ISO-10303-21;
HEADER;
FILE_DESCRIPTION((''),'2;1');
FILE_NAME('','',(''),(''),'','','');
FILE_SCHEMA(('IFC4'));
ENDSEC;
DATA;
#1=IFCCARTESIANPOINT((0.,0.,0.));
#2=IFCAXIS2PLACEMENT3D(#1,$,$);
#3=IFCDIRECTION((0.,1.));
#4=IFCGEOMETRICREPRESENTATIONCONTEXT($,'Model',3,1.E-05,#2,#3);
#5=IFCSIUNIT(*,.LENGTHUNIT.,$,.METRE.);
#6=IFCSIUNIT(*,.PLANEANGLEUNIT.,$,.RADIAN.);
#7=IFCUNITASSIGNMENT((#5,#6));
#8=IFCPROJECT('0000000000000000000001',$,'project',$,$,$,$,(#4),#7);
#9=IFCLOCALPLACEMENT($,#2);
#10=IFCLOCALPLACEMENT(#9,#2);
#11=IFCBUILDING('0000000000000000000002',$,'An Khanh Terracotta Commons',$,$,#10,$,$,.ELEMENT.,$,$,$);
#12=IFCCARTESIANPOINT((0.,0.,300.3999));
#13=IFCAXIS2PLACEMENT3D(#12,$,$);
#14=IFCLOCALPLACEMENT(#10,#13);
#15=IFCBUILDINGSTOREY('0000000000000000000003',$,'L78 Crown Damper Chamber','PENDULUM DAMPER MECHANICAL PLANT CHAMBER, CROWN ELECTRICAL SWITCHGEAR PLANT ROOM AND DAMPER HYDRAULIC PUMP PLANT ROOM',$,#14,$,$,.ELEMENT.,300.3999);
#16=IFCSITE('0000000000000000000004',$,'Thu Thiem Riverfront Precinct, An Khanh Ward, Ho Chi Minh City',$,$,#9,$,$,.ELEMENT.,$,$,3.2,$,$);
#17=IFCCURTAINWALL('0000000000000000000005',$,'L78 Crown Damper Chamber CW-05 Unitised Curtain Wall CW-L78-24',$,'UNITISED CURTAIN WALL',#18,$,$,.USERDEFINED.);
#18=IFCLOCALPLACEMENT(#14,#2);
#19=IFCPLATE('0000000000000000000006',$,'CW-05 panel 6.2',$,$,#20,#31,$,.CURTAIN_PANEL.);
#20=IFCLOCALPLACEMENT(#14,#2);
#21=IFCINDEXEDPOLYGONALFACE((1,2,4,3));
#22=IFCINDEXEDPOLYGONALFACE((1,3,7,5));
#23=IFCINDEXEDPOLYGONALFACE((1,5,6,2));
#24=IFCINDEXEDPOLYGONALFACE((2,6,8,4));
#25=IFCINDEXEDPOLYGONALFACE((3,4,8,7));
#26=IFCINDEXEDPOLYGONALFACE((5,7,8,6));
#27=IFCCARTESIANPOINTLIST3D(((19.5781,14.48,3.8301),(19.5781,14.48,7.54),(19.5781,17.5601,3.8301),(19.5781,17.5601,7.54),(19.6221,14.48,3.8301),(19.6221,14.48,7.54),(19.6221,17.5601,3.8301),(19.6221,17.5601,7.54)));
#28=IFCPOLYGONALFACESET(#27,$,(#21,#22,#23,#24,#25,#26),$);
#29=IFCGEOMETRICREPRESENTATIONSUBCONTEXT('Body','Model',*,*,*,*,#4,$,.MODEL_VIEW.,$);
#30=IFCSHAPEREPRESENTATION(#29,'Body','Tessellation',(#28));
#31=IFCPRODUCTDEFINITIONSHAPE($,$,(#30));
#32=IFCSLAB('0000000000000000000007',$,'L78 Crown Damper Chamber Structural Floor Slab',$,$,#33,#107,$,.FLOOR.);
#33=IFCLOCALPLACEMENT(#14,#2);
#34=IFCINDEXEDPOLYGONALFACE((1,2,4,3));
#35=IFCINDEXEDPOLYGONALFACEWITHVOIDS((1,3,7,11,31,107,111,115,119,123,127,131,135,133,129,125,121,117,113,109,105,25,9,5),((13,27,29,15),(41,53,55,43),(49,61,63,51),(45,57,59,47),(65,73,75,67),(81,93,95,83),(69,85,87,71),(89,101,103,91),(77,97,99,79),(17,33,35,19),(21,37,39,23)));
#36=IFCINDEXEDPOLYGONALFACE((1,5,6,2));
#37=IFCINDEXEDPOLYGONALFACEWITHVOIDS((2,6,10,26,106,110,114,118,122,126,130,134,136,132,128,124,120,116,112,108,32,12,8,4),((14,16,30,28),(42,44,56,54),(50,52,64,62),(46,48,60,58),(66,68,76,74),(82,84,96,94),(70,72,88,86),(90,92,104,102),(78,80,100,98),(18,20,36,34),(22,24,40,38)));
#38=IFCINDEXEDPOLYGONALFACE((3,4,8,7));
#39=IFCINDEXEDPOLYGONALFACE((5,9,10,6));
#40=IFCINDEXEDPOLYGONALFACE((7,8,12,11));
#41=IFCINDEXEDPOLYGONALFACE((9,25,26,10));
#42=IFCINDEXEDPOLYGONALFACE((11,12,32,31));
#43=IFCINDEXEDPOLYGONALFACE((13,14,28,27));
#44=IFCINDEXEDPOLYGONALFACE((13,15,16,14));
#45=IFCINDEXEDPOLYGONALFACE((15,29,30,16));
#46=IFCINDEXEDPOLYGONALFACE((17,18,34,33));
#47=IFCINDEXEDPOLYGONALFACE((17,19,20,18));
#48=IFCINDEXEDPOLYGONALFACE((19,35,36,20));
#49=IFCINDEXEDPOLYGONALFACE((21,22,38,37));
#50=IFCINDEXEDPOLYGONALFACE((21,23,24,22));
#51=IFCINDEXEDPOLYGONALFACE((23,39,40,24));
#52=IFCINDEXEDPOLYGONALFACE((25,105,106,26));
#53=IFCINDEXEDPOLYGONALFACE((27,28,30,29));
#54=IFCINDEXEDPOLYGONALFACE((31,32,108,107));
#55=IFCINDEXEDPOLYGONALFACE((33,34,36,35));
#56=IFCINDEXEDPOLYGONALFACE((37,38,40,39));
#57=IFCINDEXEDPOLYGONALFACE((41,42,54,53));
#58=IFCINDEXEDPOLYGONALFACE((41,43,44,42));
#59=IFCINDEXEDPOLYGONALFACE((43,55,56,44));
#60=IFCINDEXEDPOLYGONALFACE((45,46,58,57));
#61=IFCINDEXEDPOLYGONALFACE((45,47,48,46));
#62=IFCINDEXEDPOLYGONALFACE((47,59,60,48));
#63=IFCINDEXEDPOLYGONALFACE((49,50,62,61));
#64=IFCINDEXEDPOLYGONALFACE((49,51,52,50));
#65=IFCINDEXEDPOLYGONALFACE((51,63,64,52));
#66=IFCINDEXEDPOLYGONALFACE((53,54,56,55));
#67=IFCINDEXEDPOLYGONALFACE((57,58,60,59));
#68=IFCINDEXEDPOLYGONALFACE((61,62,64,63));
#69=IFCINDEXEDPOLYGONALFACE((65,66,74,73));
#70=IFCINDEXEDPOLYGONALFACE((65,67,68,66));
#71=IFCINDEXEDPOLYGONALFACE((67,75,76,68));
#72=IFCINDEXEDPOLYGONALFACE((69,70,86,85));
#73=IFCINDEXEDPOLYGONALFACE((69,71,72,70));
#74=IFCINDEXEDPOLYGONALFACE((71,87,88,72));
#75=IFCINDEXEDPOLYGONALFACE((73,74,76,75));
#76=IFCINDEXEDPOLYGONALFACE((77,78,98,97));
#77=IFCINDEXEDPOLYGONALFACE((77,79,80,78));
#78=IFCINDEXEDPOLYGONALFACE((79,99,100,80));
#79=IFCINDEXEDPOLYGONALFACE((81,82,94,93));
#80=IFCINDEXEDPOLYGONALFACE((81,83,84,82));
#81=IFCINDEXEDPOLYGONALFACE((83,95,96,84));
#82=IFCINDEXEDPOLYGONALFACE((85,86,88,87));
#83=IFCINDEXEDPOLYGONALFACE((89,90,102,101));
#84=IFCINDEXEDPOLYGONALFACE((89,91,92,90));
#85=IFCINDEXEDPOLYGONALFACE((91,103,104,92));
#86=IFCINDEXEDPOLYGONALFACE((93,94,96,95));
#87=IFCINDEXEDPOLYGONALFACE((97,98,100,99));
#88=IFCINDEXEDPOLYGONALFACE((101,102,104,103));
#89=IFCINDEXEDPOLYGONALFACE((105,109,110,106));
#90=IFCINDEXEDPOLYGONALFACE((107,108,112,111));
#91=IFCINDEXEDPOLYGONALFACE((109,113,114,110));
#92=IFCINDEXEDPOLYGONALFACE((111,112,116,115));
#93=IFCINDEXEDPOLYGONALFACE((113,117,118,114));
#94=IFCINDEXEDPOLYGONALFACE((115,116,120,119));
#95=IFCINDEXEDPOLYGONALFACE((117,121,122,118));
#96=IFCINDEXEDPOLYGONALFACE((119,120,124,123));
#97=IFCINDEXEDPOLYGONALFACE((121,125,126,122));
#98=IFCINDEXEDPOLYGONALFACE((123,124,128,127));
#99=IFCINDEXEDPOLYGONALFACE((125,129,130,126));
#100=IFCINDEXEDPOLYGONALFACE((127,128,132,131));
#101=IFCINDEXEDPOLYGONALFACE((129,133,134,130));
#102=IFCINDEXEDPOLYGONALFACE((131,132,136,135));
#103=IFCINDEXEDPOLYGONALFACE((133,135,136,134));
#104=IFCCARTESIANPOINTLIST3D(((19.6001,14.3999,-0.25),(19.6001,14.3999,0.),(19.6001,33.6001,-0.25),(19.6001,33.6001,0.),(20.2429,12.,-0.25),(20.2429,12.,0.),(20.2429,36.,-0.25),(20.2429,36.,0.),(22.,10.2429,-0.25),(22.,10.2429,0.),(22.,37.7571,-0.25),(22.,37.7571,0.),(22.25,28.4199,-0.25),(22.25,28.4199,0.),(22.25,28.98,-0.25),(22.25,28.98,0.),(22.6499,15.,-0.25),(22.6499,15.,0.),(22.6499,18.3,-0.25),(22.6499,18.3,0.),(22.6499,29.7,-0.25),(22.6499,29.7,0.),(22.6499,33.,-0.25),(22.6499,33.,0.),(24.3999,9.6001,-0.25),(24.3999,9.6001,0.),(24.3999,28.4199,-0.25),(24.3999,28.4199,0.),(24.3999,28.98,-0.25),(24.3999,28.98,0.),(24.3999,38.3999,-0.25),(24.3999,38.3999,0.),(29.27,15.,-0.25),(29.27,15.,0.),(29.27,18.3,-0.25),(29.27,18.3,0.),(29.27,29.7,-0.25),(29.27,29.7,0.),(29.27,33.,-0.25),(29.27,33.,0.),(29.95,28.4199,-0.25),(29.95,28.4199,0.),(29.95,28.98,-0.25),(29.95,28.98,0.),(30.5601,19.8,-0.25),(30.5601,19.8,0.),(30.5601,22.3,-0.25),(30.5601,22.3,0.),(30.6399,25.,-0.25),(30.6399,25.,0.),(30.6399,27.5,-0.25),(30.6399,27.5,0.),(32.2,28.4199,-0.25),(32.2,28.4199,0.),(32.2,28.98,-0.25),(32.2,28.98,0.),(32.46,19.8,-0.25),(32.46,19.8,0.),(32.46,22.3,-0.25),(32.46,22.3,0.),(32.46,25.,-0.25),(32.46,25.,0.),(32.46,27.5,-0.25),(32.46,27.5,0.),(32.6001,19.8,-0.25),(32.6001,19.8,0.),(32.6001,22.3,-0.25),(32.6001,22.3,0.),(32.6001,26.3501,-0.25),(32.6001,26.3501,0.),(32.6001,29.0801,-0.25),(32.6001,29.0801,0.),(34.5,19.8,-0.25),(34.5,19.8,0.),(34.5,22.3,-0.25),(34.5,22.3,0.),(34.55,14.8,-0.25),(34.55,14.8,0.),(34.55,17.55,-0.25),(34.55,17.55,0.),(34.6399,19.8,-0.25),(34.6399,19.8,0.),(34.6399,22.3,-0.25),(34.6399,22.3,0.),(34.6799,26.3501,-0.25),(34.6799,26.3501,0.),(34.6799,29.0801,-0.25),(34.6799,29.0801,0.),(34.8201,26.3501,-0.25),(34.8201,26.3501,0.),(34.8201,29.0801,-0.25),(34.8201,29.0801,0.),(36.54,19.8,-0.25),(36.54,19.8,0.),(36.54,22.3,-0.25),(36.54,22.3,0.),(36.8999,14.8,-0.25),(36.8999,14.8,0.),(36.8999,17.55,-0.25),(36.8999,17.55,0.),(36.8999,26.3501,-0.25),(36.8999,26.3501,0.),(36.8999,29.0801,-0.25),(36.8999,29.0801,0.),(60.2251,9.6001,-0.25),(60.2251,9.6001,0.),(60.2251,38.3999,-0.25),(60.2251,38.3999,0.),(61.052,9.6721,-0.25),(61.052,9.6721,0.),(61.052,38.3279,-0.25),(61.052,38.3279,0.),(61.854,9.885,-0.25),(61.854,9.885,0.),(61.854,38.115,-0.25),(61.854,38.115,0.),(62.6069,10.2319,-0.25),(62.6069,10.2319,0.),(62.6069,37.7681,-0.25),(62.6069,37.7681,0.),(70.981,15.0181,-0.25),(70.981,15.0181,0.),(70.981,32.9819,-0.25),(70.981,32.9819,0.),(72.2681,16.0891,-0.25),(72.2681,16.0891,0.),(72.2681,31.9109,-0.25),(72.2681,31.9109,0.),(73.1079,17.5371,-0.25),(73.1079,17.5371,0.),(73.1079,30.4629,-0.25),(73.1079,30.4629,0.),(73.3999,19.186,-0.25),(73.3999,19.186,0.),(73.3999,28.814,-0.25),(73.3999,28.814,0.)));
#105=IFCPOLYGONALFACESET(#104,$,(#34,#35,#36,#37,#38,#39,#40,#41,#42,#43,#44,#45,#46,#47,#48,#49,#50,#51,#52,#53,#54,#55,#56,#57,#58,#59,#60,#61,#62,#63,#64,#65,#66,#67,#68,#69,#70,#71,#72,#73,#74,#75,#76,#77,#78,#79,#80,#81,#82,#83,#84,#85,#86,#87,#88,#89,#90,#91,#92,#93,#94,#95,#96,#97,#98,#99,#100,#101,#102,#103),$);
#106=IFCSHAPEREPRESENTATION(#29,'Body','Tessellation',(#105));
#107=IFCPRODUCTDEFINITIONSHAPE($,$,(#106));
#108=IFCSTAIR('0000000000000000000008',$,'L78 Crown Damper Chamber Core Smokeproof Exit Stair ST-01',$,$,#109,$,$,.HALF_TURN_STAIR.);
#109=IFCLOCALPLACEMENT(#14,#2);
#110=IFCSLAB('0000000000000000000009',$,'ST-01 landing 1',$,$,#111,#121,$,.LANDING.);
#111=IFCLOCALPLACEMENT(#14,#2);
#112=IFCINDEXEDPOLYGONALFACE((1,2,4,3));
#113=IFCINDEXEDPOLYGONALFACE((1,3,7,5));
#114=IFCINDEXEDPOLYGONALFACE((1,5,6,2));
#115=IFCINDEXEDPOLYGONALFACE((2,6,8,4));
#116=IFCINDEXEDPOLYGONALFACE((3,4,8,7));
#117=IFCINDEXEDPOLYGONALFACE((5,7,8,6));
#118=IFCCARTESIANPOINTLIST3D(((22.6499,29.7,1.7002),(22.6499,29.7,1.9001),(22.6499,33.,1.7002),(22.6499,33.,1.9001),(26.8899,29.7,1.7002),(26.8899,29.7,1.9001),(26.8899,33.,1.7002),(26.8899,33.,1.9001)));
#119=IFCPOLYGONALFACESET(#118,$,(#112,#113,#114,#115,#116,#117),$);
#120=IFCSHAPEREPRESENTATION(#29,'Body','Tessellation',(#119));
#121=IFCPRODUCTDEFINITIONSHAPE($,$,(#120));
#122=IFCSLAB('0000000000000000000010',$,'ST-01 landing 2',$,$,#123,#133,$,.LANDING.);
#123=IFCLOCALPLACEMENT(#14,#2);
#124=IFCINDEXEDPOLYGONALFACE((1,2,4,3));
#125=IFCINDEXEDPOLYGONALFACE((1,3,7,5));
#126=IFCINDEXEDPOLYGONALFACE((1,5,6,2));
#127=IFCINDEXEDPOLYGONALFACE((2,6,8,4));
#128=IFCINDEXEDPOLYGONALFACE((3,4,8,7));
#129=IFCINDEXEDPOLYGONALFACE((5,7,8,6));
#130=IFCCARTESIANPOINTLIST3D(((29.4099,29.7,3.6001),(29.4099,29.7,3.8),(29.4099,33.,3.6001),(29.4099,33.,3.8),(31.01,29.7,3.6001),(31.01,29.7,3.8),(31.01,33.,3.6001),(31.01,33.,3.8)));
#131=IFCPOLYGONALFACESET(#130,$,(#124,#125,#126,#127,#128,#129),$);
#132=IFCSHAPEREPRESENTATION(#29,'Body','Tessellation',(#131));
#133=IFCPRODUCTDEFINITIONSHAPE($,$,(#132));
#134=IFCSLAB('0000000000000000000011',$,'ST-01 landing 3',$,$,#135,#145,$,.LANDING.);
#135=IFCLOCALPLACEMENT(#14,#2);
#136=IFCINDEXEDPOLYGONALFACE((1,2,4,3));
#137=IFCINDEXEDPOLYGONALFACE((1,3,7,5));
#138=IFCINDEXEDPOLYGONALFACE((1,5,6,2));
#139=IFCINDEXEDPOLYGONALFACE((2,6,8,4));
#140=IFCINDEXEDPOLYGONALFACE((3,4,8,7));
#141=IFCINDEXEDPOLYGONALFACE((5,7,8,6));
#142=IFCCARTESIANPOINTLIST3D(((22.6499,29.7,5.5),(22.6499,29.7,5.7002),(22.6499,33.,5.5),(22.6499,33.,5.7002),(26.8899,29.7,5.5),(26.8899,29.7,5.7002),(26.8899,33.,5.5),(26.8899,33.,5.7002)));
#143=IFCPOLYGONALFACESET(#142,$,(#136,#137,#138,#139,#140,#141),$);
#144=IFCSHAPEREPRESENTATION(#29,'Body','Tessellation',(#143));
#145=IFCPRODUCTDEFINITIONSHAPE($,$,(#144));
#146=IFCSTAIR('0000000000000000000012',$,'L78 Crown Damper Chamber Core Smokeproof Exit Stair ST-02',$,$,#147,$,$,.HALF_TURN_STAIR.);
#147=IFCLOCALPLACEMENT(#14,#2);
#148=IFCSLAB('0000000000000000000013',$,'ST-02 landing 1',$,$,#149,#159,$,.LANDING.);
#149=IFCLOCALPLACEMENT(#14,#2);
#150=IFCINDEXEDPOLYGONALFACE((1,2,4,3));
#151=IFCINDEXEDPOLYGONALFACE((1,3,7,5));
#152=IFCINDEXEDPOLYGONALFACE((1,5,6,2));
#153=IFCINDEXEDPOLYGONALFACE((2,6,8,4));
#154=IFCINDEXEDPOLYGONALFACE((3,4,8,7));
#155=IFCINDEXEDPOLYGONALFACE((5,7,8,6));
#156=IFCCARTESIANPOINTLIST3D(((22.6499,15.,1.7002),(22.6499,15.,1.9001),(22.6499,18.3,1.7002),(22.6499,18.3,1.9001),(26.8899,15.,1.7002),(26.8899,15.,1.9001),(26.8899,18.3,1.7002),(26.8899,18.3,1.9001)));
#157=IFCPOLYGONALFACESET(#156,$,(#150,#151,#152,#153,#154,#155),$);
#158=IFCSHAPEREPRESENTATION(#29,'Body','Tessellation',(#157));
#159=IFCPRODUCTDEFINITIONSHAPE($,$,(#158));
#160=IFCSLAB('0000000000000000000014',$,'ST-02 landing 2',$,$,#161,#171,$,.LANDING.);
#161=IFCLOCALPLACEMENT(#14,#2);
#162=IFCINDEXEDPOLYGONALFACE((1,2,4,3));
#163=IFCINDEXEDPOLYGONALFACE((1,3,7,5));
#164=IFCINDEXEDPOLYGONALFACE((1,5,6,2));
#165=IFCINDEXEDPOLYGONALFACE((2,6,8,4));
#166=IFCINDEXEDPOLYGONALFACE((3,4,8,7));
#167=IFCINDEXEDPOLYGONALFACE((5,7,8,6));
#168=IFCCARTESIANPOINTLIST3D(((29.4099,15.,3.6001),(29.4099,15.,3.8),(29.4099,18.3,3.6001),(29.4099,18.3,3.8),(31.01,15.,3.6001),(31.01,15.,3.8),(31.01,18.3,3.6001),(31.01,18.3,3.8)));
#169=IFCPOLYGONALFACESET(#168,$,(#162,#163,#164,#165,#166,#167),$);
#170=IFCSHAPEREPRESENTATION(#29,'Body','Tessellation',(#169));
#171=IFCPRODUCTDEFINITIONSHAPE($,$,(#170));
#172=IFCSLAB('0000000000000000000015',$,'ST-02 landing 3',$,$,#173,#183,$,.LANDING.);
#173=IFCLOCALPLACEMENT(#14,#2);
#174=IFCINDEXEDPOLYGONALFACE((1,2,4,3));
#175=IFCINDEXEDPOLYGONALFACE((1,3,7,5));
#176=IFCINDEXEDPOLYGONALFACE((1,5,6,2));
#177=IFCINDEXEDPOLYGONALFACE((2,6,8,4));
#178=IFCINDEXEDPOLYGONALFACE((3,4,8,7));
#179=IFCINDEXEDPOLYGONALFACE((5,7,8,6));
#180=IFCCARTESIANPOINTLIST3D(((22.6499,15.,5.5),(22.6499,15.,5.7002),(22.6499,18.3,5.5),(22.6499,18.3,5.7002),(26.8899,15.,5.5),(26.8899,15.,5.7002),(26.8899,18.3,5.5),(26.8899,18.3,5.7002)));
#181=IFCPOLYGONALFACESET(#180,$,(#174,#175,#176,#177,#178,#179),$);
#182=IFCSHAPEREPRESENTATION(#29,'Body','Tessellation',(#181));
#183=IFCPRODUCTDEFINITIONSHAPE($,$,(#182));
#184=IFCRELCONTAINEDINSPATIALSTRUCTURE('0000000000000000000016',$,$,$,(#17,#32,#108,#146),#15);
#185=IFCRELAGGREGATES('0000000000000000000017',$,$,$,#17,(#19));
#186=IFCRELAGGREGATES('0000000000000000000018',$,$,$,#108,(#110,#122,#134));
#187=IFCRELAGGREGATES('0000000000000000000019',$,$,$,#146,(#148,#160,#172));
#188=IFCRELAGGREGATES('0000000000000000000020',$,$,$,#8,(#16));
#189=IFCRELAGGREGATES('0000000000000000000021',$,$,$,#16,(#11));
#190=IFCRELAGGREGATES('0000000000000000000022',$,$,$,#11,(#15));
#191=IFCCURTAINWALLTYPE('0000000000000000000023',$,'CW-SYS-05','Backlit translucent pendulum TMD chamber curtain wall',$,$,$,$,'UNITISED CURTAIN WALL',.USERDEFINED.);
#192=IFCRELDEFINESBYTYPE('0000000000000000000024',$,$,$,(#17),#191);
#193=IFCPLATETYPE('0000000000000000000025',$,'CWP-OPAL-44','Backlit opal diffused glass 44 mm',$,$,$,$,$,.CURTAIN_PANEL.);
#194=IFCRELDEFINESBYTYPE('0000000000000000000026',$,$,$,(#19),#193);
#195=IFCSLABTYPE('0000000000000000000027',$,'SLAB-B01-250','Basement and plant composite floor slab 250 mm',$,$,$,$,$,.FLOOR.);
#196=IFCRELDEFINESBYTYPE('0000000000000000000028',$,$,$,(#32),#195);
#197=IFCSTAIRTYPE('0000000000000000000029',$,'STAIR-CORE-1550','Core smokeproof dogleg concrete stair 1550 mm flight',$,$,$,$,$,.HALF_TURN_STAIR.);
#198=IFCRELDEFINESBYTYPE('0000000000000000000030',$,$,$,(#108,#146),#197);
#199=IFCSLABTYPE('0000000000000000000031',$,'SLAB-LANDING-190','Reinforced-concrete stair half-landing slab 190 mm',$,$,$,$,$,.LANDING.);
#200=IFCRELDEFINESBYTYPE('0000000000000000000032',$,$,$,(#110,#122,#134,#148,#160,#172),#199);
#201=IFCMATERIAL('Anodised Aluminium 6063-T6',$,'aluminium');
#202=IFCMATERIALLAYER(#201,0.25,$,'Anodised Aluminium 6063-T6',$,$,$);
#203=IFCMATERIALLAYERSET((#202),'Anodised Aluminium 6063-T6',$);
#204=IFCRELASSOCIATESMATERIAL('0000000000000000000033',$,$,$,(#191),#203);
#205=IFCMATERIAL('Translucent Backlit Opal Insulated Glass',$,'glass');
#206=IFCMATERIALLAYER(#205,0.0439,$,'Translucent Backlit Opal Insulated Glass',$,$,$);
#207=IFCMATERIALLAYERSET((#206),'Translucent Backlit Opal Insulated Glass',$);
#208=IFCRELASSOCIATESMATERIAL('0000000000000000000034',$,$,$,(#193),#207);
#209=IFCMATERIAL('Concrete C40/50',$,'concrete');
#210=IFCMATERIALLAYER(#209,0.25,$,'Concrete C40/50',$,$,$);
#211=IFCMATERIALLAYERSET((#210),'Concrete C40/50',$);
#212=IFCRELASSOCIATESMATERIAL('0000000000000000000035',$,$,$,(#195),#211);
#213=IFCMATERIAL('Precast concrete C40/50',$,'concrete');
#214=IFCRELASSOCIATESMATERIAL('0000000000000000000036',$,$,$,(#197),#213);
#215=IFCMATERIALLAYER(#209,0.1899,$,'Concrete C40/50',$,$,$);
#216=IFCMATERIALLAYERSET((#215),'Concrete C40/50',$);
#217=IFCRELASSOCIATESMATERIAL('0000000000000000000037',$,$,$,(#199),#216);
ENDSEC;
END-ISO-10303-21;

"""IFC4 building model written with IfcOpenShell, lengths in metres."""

from ifc_helpers import new_model, si_unit, direction, frame, origin, origin_2d, place, context, subcontext, project, spatial, polyline, rectangle, outline, extrude, material, layer, layer_set, type_object, element, aggregate, save


model = new_model("IFC4")

# Units and contexts
model_context = context("Model", 3, precision=1e-05, world=origin(), true_north=direction((0.0, 1.0)))
body_context = subcontext(model_context, "Body", "Model", "MODEL_VIEW")
ifc_project = project(units=[si_unit("LENGTHUNIT", "METRE"), si_unit("PLANEANGLEUNIT", "RADIAN")], contexts=[model_context])

# Site, building, storey
site_placement = place(None, origin())
site = spatial("IfcSite", under=ifc_project, at=site_placement, Name="Thu Thiem Riverfront Precinct, An Khanh Ward, Ho Chi Minh City", CompositionType="ELEMENT", RefElevation=3.2)
building_placement = place(site_placement, origin())
building = spatial("IfcBuilding", under=site, at=building_placement, Name="An Khanh Terracotta Commons", CompositionType="ELEMENT")
storey_placement = place(building_placement, frame((0.0, 0.0, 300.3999)))
storey = spatial("IfcBuildingStorey", under=building, at=storey_placement, Name="L78 Crown Damper Chamber", Description="PENDULUM DAMPER MECHANICAL PLANT CHAMBER, CROWN ELECTRICAL SWITCHGEAR PLANT ROOM AND DAMPER HYDRAULIC PUMP PLANT ROOM", CompositionType="ELEMENT", Elevation=300.3999)

# Curtain wall, plate
ifc_material_1 = material(Name="Anodised Aluminium 6063-T6", Category="aluminium")
ifc_layer_1 = layer(ifc_material_1, 0.25, Name="Anodised Aluminium 6063-T6")
ifc_layer_set_1 = layer_set([ifc_layer_1], Name="Anodised Aluminium 6063-T6")
curtain_wall_type = type_object("IfcCurtainWallType", Name="CW-SYS-05", Description="Backlit translucent pendulum TMD chamber curtain wall", ElementType="UNITISED CURTAIN WALL", PredefinedType="USERDEFINED", material=ifc_layer_set_1)
curtain_wall_placement = place(storey_placement, origin())
curtain_wall = element("IfcCurtainWall", 1, at=curtain_wall_placement, inside=storey, type_object=curtain_wall_type, Name="L78 Crown Damper Chamber CW-05 Unitised Curtain Wall CW-L78-24", ObjectType="UNITISED CURTAIN WALL", PredefinedType="USERDEFINED")
ifc_material_2 = material(Name="Translucent Backlit Opal Insulated Glass", Category="glass")
ifc_layer_2 = layer(ifc_material_2, 0.0439, Name="Translucent Backlit Opal Insulated Glass")
ifc_layer_set_2 = layer_set([ifc_layer_2], Name="Translucent Backlit Opal Insulated Glass")
plate_type = type_object("IfcPlateType", Name="CWP-OPAL-44", Description="Backlit opal diffused glass 44 mm", PredefinedType="CURTAIN_PANEL", material=ifc_layer_set_2)
plate_1_placement = place(storey_placement, frame((19.6001, 16.02, 3.8301), z_axis=(0.0, 0.0, 1.0), x_axis=(0.0, -1.0, 0.0)))
plate_1 = element("IfcPlate", 2, at=plate_1_placement, type_object=plate_type, Name="CW-05 panel 6.2", PredefinedType="CURTAIN_PANEL", context=body_context, shape_type="SweptSolid", body=[
    extrude(rectangle(XDim=3.0801, YDim=0.0439, at=origin_2d()), origin(), (0.0, 0.0, 1.0), 3.71),
])
aggregate(curtain_wall, [plate_1])

# Slab
ifc_material_3 = material(Name="Concrete C40/50", Category="concrete")
ifc_layer_3 = layer(ifc_material_3, 0.25, Name="Concrete C40/50")
ifc_layer_set_3 = layer_set([ifc_layer_3], Name="Concrete C40/50")
slab_type_1 = type_object("IfcSlabType", Name="SLAB-B01-250", Description="Basement and plant composite floor slab 250 mm", PredefinedType="FLOOR", material=ifc_layer_set_3)
slab_1_placement = place(storey_placement, frame((0.0, 0.0, -0.25)))
element("IfcSlab", 3, at=slab_1_placement, inside=storey, type_object=slab_type_1, Name="L78 Crown Damper Chamber Structural Floor Slab", PredefinedType="FLOOR", context=body_context, shape_type="SweptSolid", body=[
    extrude(outline(polyline([(19.6001, 14.3999), (20.2429, 12.0), (22.0, 10.2429), (24.3999, 9.6001), (60.2251, 9.6001), (61.052, 9.6721), (61.854, 9.885), (62.6069, 10.2319), (70.981, 15.0181), (72.2681, 16.0891), (73.1079, 17.5371), (73.3999, 19.186), (73.3999, 28.814), (73.1079, 30.4629), (72.2681, 31.9109), (70.981, 32.9819), (62.6069, 37.7681), (61.854, 38.115), (61.052, 38.3279), (60.2251, 38.3999), (24.3999, 38.3999), (22.0, 37.7571), (20.2429, 36.0), (19.6001, 33.6001), (19.6001, 14.3999)]), holes=[polyline([(22.6499, 29.7), (29.27, 29.7), (29.27, 33.0), (22.6499, 33.0), (22.6499, 29.7)]), polyline([(22.6499, 15.0), (29.27, 15.0), (29.27, 18.3), (22.6499, 18.3), (22.6499, 15.0)]), polyline([(32.6001, 26.3501), (34.6799, 26.3501), (34.6799, 29.0801), (32.6001, 29.0801), (32.6001, 26.3501)]), polyline([(34.8201, 26.3501), (36.8999, 26.3501), (36.8999, 29.0801), (34.8201, 29.0801), (34.8201, 26.3501)]), polyline([(34.55, 14.8), (36.8999, 14.8), (36.8999, 17.55), (34.55, 17.55), (34.55, 14.8)]), polyline([(30.6399, 25.0), (32.46, 25.0), (32.46, 27.5), (30.6399, 27.5), (30.6399, 25.0)]), polyline([(30.5601, 19.8), (32.46, 19.8), (32.46, 22.3), (30.5601, 22.3), (30.5601, 19.8)]), polyline([(32.6001, 19.8), (34.5, 19.8), (34.5, 22.3), (32.6001, 22.3), (32.6001, 19.8)]), polyline([(34.6399, 19.8), (36.54, 19.8), (36.54, 22.3), (34.6399, 22.3), (34.6399, 19.8)]), polyline([(22.25, 28.4199), (24.3999, 28.4199), (24.3999, 28.98), (22.25, 28.98), (22.25, 28.4199)]), polyline([(29.95, 28.4199), (32.2, 28.4199), (32.2, 28.98), (29.95, 28.98), (29.95, 28.4199)])]), origin(), (0.0, 0.0, 1.0), 0.25),
])

# Stairs, slabs
ifc_material_4 = material(Name="Precast concrete C40/50", Category="concrete")
stair_type = type_object("IfcStairType", Name="STAIR-CORE-1550", Description="Core smokeproof dogleg concrete stair 1550 mm flight", PredefinedType="HALF_TURN_STAIR", material=ifc_material_4)
stair_1_placement = place(storey_placement, origin())
stair_1 = element("IfcStair", 4, at=stair_1_placement, inside=storey, type_object=stair_type, Name="L78 Crown Damper Chamber Core Smokeproof Exit Stair ST-01", PredefinedType="HALF_TURN_STAIR")
ifc_layer_4 = layer(ifc_material_3, 0.1899, Name="Concrete C40/50")
ifc_layer_set_4 = layer_set([ifc_layer_4], Name="Concrete C40/50")
slab_type_2 = type_object("IfcSlabType", Name="SLAB-LANDING-190", Description="Reinforced-concrete stair half-landing slab 190 mm", PredefinedType="LANDING", material=ifc_layer_set_4)
slab_2_placement = place(storey_placement, frame((0.0, 0.0, 1.7002)))
slab_2 = element("IfcSlab", 5, at=slab_2_placement, type_object=slab_type_2, Name="ST-01 landing 1", PredefinedType="LANDING", context=body_context, shape_type="SweptSolid", body=[
    extrude(outline(polyline([(26.8899, 33.0), (22.6499, 33.0), (22.6499, 29.7), (26.8899, 29.7), (26.8899, 33.0)])), origin(), (0.0, 0.0, 1.0), 0.2),
])
slab_3_placement = place(storey_placement, frame((0.0, 0.0, 3.6001)))
slab_3 = element("IfcSlab", 6, at=slab_3_placement, type_object=slab_type_2, Name="ST-01 landing 2", PredefinedType="LANDING", context=body_context, shape_type="SweptSolid", body=[
    extrude(outline(polyline([(31.01, 33.0), (29.4099, 33.0), (29.4099, 29.7), (31.01, 29.7), (31.01, 33.0)])), origin(), (0.0, 0.0, 1.0), 0.2),
])
slab_4_placement = place(storey_placement, frame((0.0, 0.0, 5.5)))
slab_4 = element("IfcSlab", 7, at=slab_4_placement, type_object=slab_type_2, Name="ST-01 landing 3", PredefinedType="LANDING", context=body_context, shape_type="SweptSolid", body=[
    extrude(outline(polyline([(26.8899, 33.0), (22.6499, 33.0), (22.6499, 29.7), (26.8899, 29.7), (26.8899, 33.0)])), origin(), (0.0, 0.0, 1.0), 0.2002),
])
aggregate(stair_1, [slab_2, slab_3, slab_4])
stair_2_placement = place(storey_placement, origin())
stair_2 = element("IfcStair", 8, at=stair_2_placement, inside=storey, type_object=stair_type, Name="L78 Crown Damper Chamber Core Smokeproof Exit Stair ST-02", PredefinedType="HALF_TURN_STAIR")
slab_5_placement = place(storey_placement, frame((0.0, 0.0, 1.7002)))
slab_5 = element("IfcSlab", 9, at=slab_5_placement, type_object=slab_type_2, Name="ST-02 landing 1", PredefinedType="LANDING", context=body_context, shape_type="SweptSolid", body=[
    extrude(outline(polyline([(26.8899, 18.3), (22.6499, 18.3), (22.6499, 15.0), (26.8899, 15.0), (26.8899, 18.3)])), origin(), (0.0, 0.0, 1.0), 0.2),
])
slab_6_placement = place(storey_placement, frame((0.0, 0.0, 3.6001)))
slab_6 = element("IfcSlab", 10, at=slab_6_placement, type_object=slab_type_2, Name="ST-02 landing 2", PredefinedType="LANDING", context=body_context, shape_type="SweptSolid", body=[
    extrude(outline(polyline([(31.01, 18.3), (29.4099, 18.3), (29.4099, 15.0), (31.01, 15.0), (31.01, 18.3)])), origin(), (0.0, 0.0, 1.0), 0.2),
])
slab_7_placement = place(storey_placement, frame((0.0, 0.0, 5.5)))
slab_7 = element("IfcSlab", 11, at=slab_7_placement, type_object=slab_type_2, Name="ST-02 landing 3", PredefinedType="LANDING", context=body_context, shape_type="SweptSolid", body=[
    extrude(outline(polyline([(26.8899, 18.3), (22.6499, 18.3), (22.6499, 15.0), (26.8899, 15.0), (26.8899, 18.3)])), origin(), (0.0, 0.0, 1.0), 0.2002),
])
aggregate(stair_2, [slab_5, slab_6, slab_7])

save(model, "model.ifc")
